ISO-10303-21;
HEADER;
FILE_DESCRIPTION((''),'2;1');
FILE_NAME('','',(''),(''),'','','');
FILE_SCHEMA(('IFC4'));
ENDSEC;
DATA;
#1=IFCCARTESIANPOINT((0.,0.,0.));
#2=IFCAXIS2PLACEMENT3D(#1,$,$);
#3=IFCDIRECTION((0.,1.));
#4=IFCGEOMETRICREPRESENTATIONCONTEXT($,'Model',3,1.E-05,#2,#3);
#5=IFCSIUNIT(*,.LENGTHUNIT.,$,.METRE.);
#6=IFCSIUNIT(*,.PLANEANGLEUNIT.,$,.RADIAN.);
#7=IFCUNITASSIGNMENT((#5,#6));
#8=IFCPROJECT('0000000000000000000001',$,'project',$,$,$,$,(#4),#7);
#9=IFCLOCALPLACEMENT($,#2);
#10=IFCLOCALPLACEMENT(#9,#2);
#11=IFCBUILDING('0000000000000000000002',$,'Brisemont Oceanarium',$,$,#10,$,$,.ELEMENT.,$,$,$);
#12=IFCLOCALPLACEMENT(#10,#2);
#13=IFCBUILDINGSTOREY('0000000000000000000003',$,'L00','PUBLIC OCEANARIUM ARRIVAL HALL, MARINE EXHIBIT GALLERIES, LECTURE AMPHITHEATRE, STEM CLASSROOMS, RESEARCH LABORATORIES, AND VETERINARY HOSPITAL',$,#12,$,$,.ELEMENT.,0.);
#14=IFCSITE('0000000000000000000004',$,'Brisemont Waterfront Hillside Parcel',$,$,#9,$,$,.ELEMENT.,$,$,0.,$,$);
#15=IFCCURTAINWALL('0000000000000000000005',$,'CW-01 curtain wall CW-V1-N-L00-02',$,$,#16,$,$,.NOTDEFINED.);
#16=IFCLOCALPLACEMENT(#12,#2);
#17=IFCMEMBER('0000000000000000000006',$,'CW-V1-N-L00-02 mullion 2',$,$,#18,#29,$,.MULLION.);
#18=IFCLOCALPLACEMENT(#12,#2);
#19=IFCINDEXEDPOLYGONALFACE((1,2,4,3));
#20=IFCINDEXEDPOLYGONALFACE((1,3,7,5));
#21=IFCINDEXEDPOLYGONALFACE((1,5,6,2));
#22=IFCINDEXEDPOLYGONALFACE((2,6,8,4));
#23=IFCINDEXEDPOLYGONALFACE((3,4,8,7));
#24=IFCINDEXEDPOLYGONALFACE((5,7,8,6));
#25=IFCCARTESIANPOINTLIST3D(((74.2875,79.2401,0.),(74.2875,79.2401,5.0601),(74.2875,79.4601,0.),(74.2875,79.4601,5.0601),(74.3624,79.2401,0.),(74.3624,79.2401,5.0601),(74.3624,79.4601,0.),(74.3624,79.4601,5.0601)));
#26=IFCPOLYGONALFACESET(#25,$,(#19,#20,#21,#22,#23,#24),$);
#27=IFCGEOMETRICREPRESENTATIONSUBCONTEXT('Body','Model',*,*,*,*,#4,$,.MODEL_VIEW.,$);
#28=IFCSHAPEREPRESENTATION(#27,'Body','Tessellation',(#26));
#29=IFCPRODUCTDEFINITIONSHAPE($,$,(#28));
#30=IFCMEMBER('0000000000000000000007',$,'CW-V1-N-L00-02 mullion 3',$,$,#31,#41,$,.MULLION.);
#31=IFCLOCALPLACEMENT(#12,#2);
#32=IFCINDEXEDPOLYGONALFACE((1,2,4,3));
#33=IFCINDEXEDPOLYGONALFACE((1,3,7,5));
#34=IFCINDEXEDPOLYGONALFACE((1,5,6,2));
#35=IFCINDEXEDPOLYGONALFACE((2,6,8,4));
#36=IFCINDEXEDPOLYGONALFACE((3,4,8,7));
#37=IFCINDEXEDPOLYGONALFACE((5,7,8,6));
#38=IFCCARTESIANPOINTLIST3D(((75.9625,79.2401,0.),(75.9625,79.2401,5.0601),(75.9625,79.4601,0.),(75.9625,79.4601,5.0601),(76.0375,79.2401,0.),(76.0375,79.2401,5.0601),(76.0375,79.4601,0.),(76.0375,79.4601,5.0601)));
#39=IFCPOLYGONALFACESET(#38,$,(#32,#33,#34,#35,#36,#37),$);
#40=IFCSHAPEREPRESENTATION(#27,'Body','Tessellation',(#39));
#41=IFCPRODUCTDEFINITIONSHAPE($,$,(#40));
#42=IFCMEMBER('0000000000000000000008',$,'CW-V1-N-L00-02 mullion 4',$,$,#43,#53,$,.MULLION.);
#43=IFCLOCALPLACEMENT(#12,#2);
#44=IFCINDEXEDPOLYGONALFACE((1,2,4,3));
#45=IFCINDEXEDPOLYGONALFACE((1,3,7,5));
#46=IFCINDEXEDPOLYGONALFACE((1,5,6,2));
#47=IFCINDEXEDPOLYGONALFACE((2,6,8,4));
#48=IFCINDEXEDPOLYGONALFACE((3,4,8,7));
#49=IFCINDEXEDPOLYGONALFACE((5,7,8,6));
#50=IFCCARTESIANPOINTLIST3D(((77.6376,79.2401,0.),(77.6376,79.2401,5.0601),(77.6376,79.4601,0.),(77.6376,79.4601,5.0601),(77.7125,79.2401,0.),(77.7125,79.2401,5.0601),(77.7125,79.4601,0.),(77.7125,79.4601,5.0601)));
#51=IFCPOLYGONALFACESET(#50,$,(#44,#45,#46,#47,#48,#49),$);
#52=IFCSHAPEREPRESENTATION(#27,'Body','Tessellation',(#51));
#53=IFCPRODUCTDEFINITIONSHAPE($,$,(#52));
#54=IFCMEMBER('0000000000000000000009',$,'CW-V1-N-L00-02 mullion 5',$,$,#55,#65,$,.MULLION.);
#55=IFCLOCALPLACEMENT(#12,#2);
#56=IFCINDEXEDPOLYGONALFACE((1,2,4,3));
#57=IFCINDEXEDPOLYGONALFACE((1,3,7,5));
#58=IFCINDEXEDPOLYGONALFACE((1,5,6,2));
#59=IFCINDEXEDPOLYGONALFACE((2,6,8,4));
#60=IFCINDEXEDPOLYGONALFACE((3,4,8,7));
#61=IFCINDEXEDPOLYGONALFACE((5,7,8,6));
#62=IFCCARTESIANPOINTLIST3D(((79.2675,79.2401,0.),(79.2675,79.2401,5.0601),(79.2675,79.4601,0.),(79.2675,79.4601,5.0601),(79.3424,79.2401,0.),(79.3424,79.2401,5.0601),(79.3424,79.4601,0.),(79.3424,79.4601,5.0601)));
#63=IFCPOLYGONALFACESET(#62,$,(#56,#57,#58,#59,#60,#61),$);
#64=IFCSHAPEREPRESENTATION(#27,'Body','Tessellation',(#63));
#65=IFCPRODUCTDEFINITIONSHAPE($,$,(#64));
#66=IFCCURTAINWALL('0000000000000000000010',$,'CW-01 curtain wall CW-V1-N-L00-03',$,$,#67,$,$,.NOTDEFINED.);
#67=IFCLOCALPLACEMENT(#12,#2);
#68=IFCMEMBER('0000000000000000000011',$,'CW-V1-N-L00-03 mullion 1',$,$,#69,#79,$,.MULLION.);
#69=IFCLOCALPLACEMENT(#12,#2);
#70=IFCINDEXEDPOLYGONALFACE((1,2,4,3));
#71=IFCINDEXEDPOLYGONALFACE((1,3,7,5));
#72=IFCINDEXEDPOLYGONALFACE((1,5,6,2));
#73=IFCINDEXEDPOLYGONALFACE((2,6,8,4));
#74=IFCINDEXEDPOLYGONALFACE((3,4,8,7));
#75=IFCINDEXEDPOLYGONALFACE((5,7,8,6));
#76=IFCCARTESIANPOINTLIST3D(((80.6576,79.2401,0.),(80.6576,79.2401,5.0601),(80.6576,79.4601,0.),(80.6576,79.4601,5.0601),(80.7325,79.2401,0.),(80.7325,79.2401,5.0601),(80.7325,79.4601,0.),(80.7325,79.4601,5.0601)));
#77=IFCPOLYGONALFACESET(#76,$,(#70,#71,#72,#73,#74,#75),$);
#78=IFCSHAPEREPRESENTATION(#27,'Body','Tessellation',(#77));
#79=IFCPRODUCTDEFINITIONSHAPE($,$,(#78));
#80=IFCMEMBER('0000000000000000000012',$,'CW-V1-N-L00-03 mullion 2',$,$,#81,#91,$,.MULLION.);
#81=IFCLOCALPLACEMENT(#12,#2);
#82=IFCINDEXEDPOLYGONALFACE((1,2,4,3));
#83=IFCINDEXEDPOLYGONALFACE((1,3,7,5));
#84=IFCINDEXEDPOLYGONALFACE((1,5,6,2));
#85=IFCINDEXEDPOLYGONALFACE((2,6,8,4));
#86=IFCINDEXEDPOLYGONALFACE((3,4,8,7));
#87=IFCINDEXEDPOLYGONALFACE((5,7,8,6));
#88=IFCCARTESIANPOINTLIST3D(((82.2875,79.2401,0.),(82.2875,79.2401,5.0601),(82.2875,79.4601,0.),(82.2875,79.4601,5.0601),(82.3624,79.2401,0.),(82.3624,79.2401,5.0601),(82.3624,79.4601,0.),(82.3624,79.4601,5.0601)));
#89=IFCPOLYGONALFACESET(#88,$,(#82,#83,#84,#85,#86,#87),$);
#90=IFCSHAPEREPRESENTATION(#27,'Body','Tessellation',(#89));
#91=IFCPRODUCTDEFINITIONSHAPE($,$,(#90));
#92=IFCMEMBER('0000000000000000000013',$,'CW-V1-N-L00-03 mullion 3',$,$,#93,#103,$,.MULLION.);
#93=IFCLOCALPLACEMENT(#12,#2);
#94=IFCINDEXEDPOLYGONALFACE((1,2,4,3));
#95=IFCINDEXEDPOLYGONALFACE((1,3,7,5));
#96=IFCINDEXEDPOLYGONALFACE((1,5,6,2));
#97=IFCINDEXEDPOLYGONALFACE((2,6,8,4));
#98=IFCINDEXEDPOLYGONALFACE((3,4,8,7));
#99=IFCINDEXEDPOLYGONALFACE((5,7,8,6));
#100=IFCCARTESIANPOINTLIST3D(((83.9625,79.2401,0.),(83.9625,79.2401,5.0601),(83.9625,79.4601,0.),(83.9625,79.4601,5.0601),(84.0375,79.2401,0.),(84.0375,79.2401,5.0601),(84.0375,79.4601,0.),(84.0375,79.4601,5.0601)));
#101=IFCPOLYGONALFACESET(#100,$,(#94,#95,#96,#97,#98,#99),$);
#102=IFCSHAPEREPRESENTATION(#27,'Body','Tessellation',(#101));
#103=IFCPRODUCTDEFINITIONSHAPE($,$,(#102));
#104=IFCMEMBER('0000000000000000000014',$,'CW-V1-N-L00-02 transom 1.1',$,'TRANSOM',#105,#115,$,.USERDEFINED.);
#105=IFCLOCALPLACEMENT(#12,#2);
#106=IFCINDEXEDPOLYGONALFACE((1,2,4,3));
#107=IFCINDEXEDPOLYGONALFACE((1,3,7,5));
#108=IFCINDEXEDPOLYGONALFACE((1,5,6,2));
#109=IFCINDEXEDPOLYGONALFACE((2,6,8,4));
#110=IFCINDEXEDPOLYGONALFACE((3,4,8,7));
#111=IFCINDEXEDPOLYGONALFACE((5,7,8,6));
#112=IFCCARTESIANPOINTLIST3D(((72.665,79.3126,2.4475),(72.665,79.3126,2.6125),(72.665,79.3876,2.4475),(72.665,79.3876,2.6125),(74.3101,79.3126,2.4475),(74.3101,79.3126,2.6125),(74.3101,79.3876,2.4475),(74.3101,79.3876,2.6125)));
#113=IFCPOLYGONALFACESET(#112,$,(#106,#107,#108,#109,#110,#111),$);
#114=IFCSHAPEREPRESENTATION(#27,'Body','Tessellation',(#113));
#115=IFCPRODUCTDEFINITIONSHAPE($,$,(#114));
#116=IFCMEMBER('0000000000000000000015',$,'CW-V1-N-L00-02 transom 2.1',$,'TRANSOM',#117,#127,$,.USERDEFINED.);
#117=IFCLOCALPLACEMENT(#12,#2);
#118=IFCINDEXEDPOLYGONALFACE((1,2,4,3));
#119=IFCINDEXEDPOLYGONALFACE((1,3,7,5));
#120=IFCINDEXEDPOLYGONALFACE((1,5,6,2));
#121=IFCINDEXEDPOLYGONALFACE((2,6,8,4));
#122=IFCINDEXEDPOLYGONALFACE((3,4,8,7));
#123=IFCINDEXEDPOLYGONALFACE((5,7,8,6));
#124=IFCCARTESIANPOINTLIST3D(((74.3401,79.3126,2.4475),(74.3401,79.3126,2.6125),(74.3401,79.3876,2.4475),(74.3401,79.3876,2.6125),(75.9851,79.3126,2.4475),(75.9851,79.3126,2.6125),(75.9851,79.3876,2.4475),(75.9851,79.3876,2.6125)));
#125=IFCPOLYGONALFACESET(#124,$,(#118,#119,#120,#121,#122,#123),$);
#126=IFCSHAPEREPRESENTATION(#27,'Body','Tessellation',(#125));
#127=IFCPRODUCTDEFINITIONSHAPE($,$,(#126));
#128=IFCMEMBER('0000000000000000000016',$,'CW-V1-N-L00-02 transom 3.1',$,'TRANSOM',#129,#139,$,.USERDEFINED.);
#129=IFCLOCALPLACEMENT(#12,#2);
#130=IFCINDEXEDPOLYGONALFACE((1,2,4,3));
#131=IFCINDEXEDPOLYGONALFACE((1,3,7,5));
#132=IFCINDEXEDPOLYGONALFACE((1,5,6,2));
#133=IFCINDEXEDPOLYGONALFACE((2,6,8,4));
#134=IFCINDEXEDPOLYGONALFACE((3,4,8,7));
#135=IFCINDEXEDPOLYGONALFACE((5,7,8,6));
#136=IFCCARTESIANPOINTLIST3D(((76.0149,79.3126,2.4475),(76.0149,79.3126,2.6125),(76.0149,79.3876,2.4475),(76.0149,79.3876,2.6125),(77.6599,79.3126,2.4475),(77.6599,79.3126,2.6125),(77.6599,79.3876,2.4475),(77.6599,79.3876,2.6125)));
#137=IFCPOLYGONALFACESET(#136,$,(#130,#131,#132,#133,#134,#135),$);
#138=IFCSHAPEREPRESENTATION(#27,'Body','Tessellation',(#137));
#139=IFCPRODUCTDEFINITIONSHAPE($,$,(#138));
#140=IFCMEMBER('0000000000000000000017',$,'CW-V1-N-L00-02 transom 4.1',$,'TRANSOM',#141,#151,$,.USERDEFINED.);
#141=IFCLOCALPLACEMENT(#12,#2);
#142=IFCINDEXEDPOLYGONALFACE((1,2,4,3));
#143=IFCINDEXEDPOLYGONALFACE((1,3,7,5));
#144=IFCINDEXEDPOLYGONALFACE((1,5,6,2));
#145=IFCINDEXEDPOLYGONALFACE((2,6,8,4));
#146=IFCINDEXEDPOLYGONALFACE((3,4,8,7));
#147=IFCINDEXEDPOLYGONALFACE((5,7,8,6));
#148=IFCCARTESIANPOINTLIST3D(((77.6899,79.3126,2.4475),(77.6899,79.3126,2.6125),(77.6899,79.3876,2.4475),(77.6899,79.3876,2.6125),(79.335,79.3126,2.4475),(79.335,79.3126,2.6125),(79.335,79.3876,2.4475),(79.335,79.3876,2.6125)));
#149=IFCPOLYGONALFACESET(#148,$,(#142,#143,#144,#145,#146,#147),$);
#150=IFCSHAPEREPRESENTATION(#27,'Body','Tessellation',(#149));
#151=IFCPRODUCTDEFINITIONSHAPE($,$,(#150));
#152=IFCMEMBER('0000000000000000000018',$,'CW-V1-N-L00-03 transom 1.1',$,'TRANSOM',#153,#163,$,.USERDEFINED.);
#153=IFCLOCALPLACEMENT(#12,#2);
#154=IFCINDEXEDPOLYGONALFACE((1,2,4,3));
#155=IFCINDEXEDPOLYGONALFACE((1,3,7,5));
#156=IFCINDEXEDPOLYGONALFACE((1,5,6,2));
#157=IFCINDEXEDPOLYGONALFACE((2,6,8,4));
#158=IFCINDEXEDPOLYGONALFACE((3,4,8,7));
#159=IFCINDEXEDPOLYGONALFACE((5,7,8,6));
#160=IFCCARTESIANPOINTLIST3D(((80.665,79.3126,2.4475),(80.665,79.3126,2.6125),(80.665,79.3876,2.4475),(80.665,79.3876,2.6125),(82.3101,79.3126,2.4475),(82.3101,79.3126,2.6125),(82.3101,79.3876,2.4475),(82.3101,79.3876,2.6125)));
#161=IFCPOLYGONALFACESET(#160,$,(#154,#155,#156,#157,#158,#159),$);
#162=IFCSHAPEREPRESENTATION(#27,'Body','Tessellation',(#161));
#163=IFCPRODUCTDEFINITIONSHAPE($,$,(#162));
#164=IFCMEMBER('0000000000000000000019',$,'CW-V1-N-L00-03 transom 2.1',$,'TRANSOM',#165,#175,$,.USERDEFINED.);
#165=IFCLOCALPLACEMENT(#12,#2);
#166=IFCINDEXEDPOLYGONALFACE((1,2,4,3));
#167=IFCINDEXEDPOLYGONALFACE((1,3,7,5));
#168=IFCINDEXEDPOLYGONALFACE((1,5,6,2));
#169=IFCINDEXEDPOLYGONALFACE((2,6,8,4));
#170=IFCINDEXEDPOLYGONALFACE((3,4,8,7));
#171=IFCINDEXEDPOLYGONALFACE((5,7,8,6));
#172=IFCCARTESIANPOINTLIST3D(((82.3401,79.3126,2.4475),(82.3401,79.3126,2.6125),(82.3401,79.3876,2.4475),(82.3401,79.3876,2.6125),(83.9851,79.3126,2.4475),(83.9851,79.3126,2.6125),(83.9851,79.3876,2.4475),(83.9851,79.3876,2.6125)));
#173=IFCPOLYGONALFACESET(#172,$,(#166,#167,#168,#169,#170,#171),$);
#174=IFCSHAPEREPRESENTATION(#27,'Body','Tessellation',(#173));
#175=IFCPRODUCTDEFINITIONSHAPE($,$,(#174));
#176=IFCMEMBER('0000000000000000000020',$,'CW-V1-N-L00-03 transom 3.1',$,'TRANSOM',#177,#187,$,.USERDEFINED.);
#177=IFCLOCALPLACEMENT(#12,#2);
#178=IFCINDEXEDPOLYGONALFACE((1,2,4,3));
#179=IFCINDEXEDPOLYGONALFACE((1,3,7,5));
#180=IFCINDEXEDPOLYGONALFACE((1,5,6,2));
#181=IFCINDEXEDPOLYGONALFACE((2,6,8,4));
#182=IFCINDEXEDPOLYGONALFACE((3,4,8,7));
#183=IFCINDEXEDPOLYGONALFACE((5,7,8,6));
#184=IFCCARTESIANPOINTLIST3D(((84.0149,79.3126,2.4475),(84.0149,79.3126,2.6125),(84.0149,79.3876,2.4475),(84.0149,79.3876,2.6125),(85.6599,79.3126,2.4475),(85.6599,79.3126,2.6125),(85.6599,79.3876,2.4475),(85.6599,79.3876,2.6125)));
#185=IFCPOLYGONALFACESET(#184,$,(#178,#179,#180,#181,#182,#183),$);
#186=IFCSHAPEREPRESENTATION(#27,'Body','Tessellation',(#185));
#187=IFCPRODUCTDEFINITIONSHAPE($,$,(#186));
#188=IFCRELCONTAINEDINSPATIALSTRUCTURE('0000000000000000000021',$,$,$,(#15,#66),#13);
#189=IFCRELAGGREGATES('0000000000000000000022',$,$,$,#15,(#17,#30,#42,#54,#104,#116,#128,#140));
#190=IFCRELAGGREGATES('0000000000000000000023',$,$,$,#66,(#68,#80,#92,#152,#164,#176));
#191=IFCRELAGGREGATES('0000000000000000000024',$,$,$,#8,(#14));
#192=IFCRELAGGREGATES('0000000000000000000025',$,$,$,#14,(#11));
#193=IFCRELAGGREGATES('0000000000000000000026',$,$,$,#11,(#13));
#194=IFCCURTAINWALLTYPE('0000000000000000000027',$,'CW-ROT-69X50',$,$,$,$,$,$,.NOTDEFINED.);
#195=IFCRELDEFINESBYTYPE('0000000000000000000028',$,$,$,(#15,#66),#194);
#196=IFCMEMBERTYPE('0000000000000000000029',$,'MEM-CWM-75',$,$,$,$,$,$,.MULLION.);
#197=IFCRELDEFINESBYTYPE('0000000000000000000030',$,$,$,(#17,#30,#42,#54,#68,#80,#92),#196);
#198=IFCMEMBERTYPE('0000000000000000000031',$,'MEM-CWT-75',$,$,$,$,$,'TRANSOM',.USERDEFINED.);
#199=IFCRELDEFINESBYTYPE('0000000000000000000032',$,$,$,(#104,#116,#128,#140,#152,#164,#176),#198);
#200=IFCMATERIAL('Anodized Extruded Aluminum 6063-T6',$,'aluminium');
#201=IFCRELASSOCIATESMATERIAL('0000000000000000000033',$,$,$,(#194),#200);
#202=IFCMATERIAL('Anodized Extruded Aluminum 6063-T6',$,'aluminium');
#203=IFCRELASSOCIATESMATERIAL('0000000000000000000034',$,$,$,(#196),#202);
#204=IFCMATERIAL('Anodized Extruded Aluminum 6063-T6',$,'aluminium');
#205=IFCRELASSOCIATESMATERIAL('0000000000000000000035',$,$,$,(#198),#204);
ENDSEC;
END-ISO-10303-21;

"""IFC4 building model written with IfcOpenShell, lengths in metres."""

from ifc_helpers import new_model, si_unit, direction, frame, origin, origin_2d, place, context, subcontext, project, spatial, rectangle, extrude, material, material_profile, profile_set, type_object, element, aggregate, save


model = new_model("IFC4")

# Units and contexts
model_context = context("Model", 3, precision=1e-05, world=origin(), true_north=direction((0.0, 1.0)))
body_context = subcontext(model_context, "Body", "Model", "MODEL_VIEW")
ifc_project = project(units=[si_unit("LENGTHUNIT", "METRE"), si_unit("PLANEANGLEUNIT", "RADIAN")], contexts=[model_context])

# Site, building, storey
site_placement = place(None, origin())
site = spatial("IfcSite", under=ifc_project, at=site_placement, Name="Brisemont Waterfront Hillside Parcel", CompositionType="ELEMENT", RefElevation=0.0)
building_placement = place(site_placement, origin())
building = spatial("IfcBuilding", under=site, at=building_placement, Name="Brisemont Oceanarium", CompositionType="ELEMENT")
storey_placement = place(building_placement, origin())
storey = spatial("IfcBuildingStorey", under=building, at=storey_placement, Name="L00", Description="PUBLIC OCEANARIUM ARRIVAL HALL, MARINE EXHIBIT GALLERIES, LECTURE AMPHITHEATRE, STEM CLASSROOMS, RESEARCH LABORATORIES, AND VETERINARY HOSPITAL", CompositionType="ELEMENT", Elevation=0.0)

# Curtain walls, members
ifc_material_1 = material(Name="Anodized Extruded Aluminum 6063-T6", Category="aluminium")
curtain_wall_type = type_object("IfcCurtainWallType", Name="CW-ROT-69X50", PredefinedType="NOTDEFINED", material=ifc_material_1)
curtain_wall_1_placement = place(storey_placement, origin())
curtain_wall_1 = element("IfcCurtainWall", 1, at=curtain_wall_1_placement, inside=storey, type_object=curtain_wall_type, Name="CW-01 curtain wall CW-V1-N-L00-02", PredefinedType="NOTDEFINED")
ifc_material_2 = material(Name="Anodized Extruded Aluminum 6063-T6", Category="aluminium")
ifc_material_profile_1 = material_profile(ifc_material_2, rectangle(XDim=0.075, YDim=0.22, at=origin_2d()), Name="CWM-75X220")
ifc_profile_set_1 = profile_set([ifc_material_profile_1], Name="Anodized Extruded Aluminum 6063-T6")
member_type_1 = type_object("IfcMemberType", Name="MEM-CWM-75", PredefinedType="MULLION", material=ifc_profile_set_1)
member_1_placement = place(storey_placement, frame((74.325, 79.3501, 0.0), z_axis=(0.0, 0.0, 1.0), x_axis=(1.0, 0.0, 0.0)))
member_1 = element("IfcMember", 2, at=member_1_placement, type_object=member_type_1, Name="CW-V1-N-L00-02 mullion 2", PredefinedType="MULLION", context=body_context, shape_type="SweptSolid", body=[
    extrude(rectangle(XDim=0.075, YDim=0.22, at=origin_2d()), origin(), (0.0, 0.0, 1.0), 5.0601),
])
member_2_placement = place(storey_placement, frame((76.0, 79.3501, 0.0), z_axis=(0.0, 0.0, 1.0), x_axis=(1.0, 0.0, 0.0)))
member_2 = element("IfcMember", 3, at=member_2_placement, type_object=member_type_1, Name="CW-V1-N-L00-02 mullion 3", PredefinedType="MULLION", context=body_context, shape_type="SweptSolid", body=[
    extrude(rectangle(XDim=0.075, YDim=0.22, at=origin_2d()), origin(), (0.0, 0.0, 1.0), 5.0601),
])
member_3_placement = place(storey_placement, frame((77.675, 79.3501, 0.0), z_axis=(0.0, 0.0, 1.0), x_axis=(1.0, 0.0, 0.0)))
member_3 = element("IfcMember", 4, at=member_3_placement, type_object=member_type_1, Name="CW-V1-N-L00-02 mullion 4", PredefinedType="MULLION", context=body_context, shape_type="SweptSolid", body=[
    extrude(rectangle(XDim=0.075, YDim=0.22, at=origin_2d()), origin(), (0.0, 0.0, 1.0), 5.0601),
])
member_4_placement = place(storey_placement, frame((79.3049, 79.3501, 0.0), z_axis=(0.0, 0.0, 1.0), x_axis=(1.0, 0.0, 0.0)))
member_4 = element("IfcMember", 5, at=member_4_placement, type_object=member_type_1, Name="CW-V1-N-L00-02 mullion 5", PredefinedType="MULLION", context=body_context, shape_type="SweptSolid", body=[
    extrude(rectangle(XDim=0.075, YDim=0.22, at=origin_2d()), origin(), (0.0, 0.0, 1.0), 5.0601),
])
curtain_wall_2_placement = place(storey_placement, origin())
curtain_wall_2 = element("IfcCurtainWall", 6, at=curtain_wall_2_placement, inside=storey, type_object=curtain_wall_type, Name="CW-01 curtain wall CW-V1-N-L00-03", PredefinedType="NOTDEFINED")
member_5_placement = place(storey_placement, frame((80.6951, 79.3501, 0.0), z_axis=(0.0, 0.0, 1.0), x_axis=(1.0, 0.0, 0.0)))
member_5 = element("IfcMember", 7, at=member_5_placement, type_object=member_type_1, Name="CW-V1-N-L00-03 mullion 1", PredefinedType="MULLION", context=body_context, shape_type="SweptSolid", body=[
    extrude(rectangle(XDim=0.075, YDim=0.22, at=origin_2d()), origin(), (0.0, 0.0, 1.0), 5.0601),
])
member_6_placement = place(storey_placement, frame((82.325, 79.3501, 0.0), z_axis=(0.0, 0.0, 1.0), x_axis=(1.0, 0.0, 0.0)))
member_6 = element("IfcMember", 8, at=member_6_placement, type_object=member_type_1, Name="CW-V1-N-L00-03 mullion 2", PredefinedType="MULLION", context=body_context, shape_type="SweptSolid", body=[
    extrude(rectangle(XDim=0.075, YDim=0.22, at=origin_2d()), origin(), (0.0, 0.0, 1.0), 5.0601),
])
member_7_placement = place(storey_placement, frame((84.0, 79.3501, 0.0), z_axis=(0.0, 0.0, 1.0), x_axis=(1.0, 0.0, 0.0)))
member_7 = element("IfcMember", 9, at=member_7_placement, type_object=member_type_1, Name="CW-V1-N-L00-03 mullion 3", PredefinedType="MULLION", context=body_context, shape_type="SweptSolid", body=[
    extrude(rectangle(XDim=0.075, YDim=0.22, at=origin_2d()), origin(), (0.0, 0.0, 1.0), 5.0601),
])

# Members
ifc_material_3 = material(Name="Anodized Extruded Aluminum 6063-T6", Category="aluminium")
ifc_material_profile_2 = material_profile(ifc_material_3, rectangle(XDim=0.075, YDim=0.165, at=origin_2d()), Name="CWT-75X165")
ifc_profile_set_2 = profile_set([ifc_material_profile_2], Name="Anodized Extruded Aluminum 6063-T6")
member_type_2 = type_object("IfcMemberType", Name="MEM-CWT-75", ElementType="TRANSOM", PredefinedType="USERDEFINED", material=ifc_profile_set_2)
member_8_placement = place(storey_placement, frame((72.665, 79.3501, 2.53), z_axis=(1.0, 0.0, 0.0), x_axis=(0.0, 1.0, 0.0)))
member_8 = element("IfcMember", 10, at=member_8_placement, type_object=member_type_2, Name="CW-V1-N-L00-02 transom 1.1", ObjectType="TRANSOM", PredefinedType="USERDEFINED", context=body_context, shape_type="SweptSolid", body=[
    extrude(rectangle(XDim=0.075, YDim=0.165, at=origin_2d()), origin(), (0.0, 0.0, 1.0), 1.645),
])
member_9_placement = place(storey_placement, frame((74.3401, 79.3501, 2.53), z_axis=(1.0, 0.0, 0.0), x_axis=(0.0, 1.0, 0.0)))
member_9 = element("IfcMember", 11, at=member_9_placement, type_object=member_type_2, Name="CW-V1-N-L00-02 transom 2.1", ObjectType="TRANSOM", PredefinedType="USERDEFINED", context=body_context, shape_type="SweptSolid", body=[
    extrude(rectangle(XDim=0.075, YDim=0.165, at=origin_2d()), origin(), (0.0, 0.0, 1.0), 1.645),
])
member_10_placement = place(storey_placement, frame((76.0149, 79.3501, 2.53), z_axis=(1.0, 0.0, 0.0), x_axis=(0.0, 1.0, 0.0)))
member_10 = element("IfcMember", 12, at=member_10_placement, type_object=member_type_2, Name="CW-V1-N-L00-02 transom 3.1", ObjectType="TRANSOM", PredefinedType="USERDEFINED", context=body_context, shape_type="SweptSolid", body=[
    extrude(rectangle(XDim=0.075, YDim=0.165, at=origin_2d()), origin(), (0.0, 0.0, 1.0), 1.645),
])
member_11_placement = place(storey_placement, frame((77.6899, 79.3501, 2.53), z_axis=(1.0, 0.0, 0.0), x_axis=(0.0, 1.0, 0.0)))
member_11 = element("IfcMember", 13, at=member_11_placement, type_object=member_type_2, Name="CW-V1-N-L00-02 transom 4.1", ObjectType="TRANSOM", PredefinedType="USERDEFINED", context=body_context, shape_type="SweptSolid", body=[
    extrude(rectangle(XDim=0.075, YDim=0.165, at=origin_2d()), origin(), (0.0, 0.0, 1.0), 1.645),
])
member_12_placement = place(storey_placement, frame((80.665, 79.3501, 2.53), z_axis=(1.0, 0.0, 0.0), x_axis=(0.0, 1.0, 0.0)))
member_12 = element("IfcMember", 14, at=member_12_placement, type_object=member_type_2, Name="CW-V1-N-L00-03 transom 1.1", ObjectType="TRANSOM", PredefinedType="USERDEFINED", context=body_context, shape_type="SweptSolid", body=[
    extrude(rectangle(XDim=0.075, YDim=0.165, at=origin_2d()), origin(), (0.0, 0.0, 1.0), 1.645),
])
member_13_placement = place(storey_placement, frame((82.3401, 79.3501, 2.53), z_axis=(1.0, 0.0, 0.0), x_axis=(0.0, 1.0, 0.0)))
member_13 = element("IfcMember", 15, at=member_13_placement, type_object=member_type_2, Name="CW-V1-N-L00-03 transom 2.1", ObjectType="TRANSOM", PredefinedType="USERDEFINED", context=body_context, shape_type="SweptSolid", body=[
    extrude(rectangle(XDim=0.075, YDim=0.165, at=origin_2d()), origin(), (0.0, 0.0, 1.0), 1.645),
])
member_14_placement = place(storey_placement, frame((84.0149, 79.3501, 2.53), z_axis=(1.0, 0.0, 0.0), x_axis=(0.0, 1.0, 0.0)))
member_14 = element("IfcMember", 16, at=member_14_placement, type_object=member_type_2, Name="CW-V1-N-L00-03 transom 3.1", ObjectType="TRANSOM", PredefinedType="USERDEFINED", context=body_context, shape_type="SweptSolid", body=[
    extrude(rectangle(XDim=0.075, YDim=0.165, at=origin_2d()), origin(), (0.0, 0.0, 1.0), 1.645),
])

aggregate(curtain_wall_1, [member_1, member_2, member_3, member_4, member_8, member_9, member_10, member_11])
aggregate(curtain_wall_2, [member_5, member_6, member_7, member_12, member_13, member_14])

save(model, "model.ifc")
